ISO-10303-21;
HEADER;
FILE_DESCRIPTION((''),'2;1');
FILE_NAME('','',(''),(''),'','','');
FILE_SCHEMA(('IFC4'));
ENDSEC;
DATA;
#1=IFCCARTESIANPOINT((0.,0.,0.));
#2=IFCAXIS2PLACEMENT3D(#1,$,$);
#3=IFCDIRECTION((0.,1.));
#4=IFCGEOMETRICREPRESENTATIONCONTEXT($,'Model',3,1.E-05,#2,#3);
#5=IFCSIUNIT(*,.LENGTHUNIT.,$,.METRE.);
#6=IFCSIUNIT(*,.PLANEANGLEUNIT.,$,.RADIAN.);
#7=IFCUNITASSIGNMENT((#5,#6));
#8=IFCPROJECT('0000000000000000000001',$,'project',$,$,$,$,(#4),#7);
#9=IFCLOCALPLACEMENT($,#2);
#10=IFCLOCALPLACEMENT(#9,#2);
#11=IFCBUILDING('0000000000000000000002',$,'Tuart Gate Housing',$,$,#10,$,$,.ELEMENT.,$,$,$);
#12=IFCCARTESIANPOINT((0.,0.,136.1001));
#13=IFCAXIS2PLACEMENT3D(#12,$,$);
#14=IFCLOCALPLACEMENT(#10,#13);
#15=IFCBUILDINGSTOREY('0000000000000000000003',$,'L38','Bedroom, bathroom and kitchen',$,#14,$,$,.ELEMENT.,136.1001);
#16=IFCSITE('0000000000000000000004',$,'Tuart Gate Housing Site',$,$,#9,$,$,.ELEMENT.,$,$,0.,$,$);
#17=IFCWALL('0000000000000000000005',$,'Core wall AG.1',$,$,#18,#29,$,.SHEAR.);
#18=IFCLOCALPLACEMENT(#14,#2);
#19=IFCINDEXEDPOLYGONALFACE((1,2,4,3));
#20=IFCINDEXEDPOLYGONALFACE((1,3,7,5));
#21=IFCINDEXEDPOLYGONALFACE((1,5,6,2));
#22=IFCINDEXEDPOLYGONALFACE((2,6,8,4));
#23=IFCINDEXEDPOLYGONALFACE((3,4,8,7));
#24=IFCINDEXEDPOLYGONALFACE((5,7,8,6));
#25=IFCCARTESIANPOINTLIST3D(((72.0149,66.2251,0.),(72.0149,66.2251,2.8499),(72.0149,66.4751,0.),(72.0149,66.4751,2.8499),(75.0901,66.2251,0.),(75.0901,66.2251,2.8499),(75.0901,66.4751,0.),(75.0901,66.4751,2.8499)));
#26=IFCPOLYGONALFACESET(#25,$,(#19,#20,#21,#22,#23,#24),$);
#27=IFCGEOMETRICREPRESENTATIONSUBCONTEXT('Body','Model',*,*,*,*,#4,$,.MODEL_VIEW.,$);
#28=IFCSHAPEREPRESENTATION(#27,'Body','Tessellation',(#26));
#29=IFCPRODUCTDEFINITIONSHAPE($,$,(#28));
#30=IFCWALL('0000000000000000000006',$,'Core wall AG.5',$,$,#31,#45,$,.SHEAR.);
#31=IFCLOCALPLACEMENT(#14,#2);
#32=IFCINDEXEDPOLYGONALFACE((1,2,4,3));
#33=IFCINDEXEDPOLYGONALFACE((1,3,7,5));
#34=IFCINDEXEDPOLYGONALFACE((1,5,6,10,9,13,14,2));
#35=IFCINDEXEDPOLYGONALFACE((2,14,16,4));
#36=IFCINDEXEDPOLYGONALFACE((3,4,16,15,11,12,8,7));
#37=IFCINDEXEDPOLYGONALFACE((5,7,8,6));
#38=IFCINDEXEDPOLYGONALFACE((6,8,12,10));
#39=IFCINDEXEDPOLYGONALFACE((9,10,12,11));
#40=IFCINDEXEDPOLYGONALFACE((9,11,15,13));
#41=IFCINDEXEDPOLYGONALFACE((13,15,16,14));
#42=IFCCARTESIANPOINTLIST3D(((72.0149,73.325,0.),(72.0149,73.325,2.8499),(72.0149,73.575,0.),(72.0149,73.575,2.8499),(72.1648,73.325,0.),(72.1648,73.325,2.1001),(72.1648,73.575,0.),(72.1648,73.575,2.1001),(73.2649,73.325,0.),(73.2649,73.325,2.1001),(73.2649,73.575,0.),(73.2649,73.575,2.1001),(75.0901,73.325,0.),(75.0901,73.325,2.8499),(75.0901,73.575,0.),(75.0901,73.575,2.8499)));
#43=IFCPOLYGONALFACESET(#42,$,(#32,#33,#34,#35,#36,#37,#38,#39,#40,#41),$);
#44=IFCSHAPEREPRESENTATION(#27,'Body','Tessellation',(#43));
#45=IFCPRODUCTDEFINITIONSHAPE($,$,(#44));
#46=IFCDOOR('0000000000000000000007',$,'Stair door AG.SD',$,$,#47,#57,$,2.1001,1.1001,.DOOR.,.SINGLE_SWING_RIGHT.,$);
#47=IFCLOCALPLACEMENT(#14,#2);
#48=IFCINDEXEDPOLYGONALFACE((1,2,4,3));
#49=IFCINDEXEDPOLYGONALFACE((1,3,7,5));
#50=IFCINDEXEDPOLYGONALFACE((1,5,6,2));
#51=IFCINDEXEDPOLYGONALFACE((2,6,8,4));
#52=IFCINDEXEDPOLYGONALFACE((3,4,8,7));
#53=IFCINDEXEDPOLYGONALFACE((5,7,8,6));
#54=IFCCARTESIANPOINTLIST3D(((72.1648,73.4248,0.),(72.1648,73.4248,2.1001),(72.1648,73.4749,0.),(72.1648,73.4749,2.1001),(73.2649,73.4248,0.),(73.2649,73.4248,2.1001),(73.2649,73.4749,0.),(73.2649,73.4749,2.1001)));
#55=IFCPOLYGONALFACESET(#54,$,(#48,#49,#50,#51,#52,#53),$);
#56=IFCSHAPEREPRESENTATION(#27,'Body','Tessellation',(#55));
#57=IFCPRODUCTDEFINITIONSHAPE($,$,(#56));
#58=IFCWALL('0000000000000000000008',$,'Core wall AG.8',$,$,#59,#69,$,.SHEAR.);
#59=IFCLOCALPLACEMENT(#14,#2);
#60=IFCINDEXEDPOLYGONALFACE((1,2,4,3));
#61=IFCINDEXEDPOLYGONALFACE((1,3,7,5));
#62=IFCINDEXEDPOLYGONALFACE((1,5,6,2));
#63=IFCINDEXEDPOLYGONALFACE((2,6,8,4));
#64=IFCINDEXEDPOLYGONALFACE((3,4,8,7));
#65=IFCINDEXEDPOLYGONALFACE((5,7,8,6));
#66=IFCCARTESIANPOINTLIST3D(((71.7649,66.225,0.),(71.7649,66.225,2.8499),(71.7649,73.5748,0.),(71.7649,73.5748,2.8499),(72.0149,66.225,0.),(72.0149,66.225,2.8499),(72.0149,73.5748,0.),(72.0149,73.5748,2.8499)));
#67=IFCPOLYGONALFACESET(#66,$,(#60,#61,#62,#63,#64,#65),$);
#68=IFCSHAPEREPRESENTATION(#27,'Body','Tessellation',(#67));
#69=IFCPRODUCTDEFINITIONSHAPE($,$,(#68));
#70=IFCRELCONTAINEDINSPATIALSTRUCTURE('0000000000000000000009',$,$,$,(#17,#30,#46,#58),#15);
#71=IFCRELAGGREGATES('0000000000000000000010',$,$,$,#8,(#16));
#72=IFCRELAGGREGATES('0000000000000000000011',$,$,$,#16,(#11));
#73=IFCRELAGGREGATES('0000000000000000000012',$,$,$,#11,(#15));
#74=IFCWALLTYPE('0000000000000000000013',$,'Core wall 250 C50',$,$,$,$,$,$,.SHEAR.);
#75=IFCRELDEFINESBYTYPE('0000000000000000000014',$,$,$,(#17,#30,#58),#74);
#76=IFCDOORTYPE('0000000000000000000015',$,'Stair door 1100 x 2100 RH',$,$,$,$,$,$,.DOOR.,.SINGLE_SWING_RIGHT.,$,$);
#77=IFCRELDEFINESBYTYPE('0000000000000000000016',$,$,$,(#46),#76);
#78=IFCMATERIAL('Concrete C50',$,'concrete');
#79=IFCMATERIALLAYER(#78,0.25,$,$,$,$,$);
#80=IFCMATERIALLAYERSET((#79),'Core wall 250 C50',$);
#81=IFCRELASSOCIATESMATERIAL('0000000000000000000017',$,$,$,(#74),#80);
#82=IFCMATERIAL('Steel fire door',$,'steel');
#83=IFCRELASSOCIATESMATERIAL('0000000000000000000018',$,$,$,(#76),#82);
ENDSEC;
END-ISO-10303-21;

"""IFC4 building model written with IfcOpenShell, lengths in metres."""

from ifc_helpers import new_model, si_unit, direction, frame, frame_2d, origin, place, context, subcontext, project, spatial, rectangle, extrude, material, layer, layer_set, type_object, element, fill, save


model = new_model("IFC4")

# Units and contexts
model_context = context("Model", 3, precision=1e-05, world=origin(), true_north=direction((0.0, 1.0)))
body_context = subcontext(model_context, "Body", "Model", "MODEL_VIEW")
ifc_project = project(units=[si_unit("LENGTHUNIT", "METRE"), si_unit("PLANEANGLEUNIT", "RADIAN")], contexts=[model_context])

# Site, building, storey
site_placement = place(None, origin())
site = spatial("IfcSite", under=ifc_project, at=site_placement, Name="Tuart Gate Housing Site", CompositionType="ELEMENT", RefElevation=0.0)
building_placement = place(site_placement, origin())
building = spatial("IfcBuilding", under=site, at=building_placement, Name="Tuart Gate Housing", CompositionType="ELEMENT")
storey_placement = place(building_placement, frame((0.0, 0.0, 136.1001)))
storey = spatial("IfcBuildingStorey", under=building, at=storey_placement, Name="L38", Description="Bedroom, bathroom and kitchen", CompositionType="ELEMENT", Elevation=136.1001)

# Wall
ifc_material_1 = material(Name="Concrete C50", Category="concrete")
ifc_layer_1 = layer(ifc_material_1, 0.25)
ifc_layer_set_1 = layer_set([ifc_layer_1], Name="Core wall 250 C50")
wall_type_1 = type_object("IfcWallType", Name="Core wall 250 C50", PredefinedType="SHEAR", material=ifc_layer_set_1)
wall_1_placement = place(storey_placement, frame((72.0149, 66.3501, 0.0), z_axis=(0.0, 0.0, 1.0), x_axis=(1.0, 0.0, 0.0)))
element("IfcWall", 1, at=wall_1_placement, inside=storey, type_object=wall_type_1, Name="Core wall AG.1", PredefinedType="SHEAR", context=body_context, shape_type="SweptSolid", body=[
    extrude(rectangle(XDim=3.0752, YDim=0.25, at=frame_2d((1.5376, 0.0))), origin(), (0.0, 0.0, 1.0), 2.8499),
])

# Wall, opening, door
wall_2_placement = place(storey_placement, frame((72.0149, 73.45, 0.0), z_axis=(0.0, 0.0, 1.0), x_axis=(1.0, 0.0, 0.0)))
wall_2 = element("IfcWall", 2, at=wall_2_placement, inside=storey, type_object=wall_type_1, Name="Core wall AG.5", PredefinedType="SHEAR", context=body_context, shape_type="SweptSolid", body=[
    extrude(rectangle(XDim=3.0752, YDim=0.25, at=frame_2d((1.5376, 0.0))), origin(), (0.0, 0.0, 1.0), 2.8499),
])
opening_1_placement = place(wall_2_placement, frame((0.1499, 0.0, 0.0)))
opening_1 = element("IfcOpeningElement", 3, at=opening_1_placement, cuts=wall_2, PredefinedType="OPENING", context=body_context, shape_type="SweptSolid", body=[
    extrude(rectangle(XDim=1.1001, YDim=2.1001, at=frame_2d((0.55, 1.05))), frame((0.0, 0.135, 0.0), z_axis=(0.0, -1.0, 0.0), x_axis=(1.0, 0.0, 0.0)), (0.0, 0.0, 1.0), 0.27),
])
ifc_material_2 = material(Name="Steel fire door", Category="steel")
door_type = type_object("IfcDoorType", Name="Stair door 1100 x 2100 RH", OperationType="SINGLE_SWING_RIGHT", PredefinedType="DOOR", material=ifc_material_2)
door_placement = place(opening_1_placement, frame((1.1001, 0.0, 0.0), z_axis=(0.0, 0.0, 1.0), x_axis=(-1.0, 0.0, 0.0)))
door = element("IfcDoor", 4, at=door_placement, inside=storey, type_object=door_type, Name="Stair door AG.SD", OperationType="SINGLE_SWING_RIGHT", OverallHeight=2.1001, OverallWidth=1.1001, PredefinedType="DOOR", context=body_context, shape_type="SweptSolid", body=[
    extrude(rectangle(XDim=1.1001, YDim=2.1001, at=frame_2d((0.55, 1.05))), frame((0.0, 0.0251, 0.0), z_axis=(0.0, -1.0, 0.0), x_axis=(1.0, 0.0, 0.0)), (0.0, 0.0, 1.0), 0.05),
])
fill(opening_1, door)

# Wall
wall_3_placement = place(storey_placement, frame((71.8899, 66.2251, 0.0), z_axis=(0.0, 0.0, 1.0), x_axis=(0.0, 1.0, 0.0)))
element("IfcWall", 5, at=wall_3_placement, inside=storey, type_object=wall_type_1, Name="Core wall AG.8", PredefinedType="SHEAR", context=body_context, shape_type="SweptSolid", body=[
    extrude(rectangle(XDim=7.3499, YDim=0.25, at=frame_2d((3.6748, 0.0))), origin(), (0.0, 0.0, 1.0), 2.8499),
])

save(model, "model.ifc")
